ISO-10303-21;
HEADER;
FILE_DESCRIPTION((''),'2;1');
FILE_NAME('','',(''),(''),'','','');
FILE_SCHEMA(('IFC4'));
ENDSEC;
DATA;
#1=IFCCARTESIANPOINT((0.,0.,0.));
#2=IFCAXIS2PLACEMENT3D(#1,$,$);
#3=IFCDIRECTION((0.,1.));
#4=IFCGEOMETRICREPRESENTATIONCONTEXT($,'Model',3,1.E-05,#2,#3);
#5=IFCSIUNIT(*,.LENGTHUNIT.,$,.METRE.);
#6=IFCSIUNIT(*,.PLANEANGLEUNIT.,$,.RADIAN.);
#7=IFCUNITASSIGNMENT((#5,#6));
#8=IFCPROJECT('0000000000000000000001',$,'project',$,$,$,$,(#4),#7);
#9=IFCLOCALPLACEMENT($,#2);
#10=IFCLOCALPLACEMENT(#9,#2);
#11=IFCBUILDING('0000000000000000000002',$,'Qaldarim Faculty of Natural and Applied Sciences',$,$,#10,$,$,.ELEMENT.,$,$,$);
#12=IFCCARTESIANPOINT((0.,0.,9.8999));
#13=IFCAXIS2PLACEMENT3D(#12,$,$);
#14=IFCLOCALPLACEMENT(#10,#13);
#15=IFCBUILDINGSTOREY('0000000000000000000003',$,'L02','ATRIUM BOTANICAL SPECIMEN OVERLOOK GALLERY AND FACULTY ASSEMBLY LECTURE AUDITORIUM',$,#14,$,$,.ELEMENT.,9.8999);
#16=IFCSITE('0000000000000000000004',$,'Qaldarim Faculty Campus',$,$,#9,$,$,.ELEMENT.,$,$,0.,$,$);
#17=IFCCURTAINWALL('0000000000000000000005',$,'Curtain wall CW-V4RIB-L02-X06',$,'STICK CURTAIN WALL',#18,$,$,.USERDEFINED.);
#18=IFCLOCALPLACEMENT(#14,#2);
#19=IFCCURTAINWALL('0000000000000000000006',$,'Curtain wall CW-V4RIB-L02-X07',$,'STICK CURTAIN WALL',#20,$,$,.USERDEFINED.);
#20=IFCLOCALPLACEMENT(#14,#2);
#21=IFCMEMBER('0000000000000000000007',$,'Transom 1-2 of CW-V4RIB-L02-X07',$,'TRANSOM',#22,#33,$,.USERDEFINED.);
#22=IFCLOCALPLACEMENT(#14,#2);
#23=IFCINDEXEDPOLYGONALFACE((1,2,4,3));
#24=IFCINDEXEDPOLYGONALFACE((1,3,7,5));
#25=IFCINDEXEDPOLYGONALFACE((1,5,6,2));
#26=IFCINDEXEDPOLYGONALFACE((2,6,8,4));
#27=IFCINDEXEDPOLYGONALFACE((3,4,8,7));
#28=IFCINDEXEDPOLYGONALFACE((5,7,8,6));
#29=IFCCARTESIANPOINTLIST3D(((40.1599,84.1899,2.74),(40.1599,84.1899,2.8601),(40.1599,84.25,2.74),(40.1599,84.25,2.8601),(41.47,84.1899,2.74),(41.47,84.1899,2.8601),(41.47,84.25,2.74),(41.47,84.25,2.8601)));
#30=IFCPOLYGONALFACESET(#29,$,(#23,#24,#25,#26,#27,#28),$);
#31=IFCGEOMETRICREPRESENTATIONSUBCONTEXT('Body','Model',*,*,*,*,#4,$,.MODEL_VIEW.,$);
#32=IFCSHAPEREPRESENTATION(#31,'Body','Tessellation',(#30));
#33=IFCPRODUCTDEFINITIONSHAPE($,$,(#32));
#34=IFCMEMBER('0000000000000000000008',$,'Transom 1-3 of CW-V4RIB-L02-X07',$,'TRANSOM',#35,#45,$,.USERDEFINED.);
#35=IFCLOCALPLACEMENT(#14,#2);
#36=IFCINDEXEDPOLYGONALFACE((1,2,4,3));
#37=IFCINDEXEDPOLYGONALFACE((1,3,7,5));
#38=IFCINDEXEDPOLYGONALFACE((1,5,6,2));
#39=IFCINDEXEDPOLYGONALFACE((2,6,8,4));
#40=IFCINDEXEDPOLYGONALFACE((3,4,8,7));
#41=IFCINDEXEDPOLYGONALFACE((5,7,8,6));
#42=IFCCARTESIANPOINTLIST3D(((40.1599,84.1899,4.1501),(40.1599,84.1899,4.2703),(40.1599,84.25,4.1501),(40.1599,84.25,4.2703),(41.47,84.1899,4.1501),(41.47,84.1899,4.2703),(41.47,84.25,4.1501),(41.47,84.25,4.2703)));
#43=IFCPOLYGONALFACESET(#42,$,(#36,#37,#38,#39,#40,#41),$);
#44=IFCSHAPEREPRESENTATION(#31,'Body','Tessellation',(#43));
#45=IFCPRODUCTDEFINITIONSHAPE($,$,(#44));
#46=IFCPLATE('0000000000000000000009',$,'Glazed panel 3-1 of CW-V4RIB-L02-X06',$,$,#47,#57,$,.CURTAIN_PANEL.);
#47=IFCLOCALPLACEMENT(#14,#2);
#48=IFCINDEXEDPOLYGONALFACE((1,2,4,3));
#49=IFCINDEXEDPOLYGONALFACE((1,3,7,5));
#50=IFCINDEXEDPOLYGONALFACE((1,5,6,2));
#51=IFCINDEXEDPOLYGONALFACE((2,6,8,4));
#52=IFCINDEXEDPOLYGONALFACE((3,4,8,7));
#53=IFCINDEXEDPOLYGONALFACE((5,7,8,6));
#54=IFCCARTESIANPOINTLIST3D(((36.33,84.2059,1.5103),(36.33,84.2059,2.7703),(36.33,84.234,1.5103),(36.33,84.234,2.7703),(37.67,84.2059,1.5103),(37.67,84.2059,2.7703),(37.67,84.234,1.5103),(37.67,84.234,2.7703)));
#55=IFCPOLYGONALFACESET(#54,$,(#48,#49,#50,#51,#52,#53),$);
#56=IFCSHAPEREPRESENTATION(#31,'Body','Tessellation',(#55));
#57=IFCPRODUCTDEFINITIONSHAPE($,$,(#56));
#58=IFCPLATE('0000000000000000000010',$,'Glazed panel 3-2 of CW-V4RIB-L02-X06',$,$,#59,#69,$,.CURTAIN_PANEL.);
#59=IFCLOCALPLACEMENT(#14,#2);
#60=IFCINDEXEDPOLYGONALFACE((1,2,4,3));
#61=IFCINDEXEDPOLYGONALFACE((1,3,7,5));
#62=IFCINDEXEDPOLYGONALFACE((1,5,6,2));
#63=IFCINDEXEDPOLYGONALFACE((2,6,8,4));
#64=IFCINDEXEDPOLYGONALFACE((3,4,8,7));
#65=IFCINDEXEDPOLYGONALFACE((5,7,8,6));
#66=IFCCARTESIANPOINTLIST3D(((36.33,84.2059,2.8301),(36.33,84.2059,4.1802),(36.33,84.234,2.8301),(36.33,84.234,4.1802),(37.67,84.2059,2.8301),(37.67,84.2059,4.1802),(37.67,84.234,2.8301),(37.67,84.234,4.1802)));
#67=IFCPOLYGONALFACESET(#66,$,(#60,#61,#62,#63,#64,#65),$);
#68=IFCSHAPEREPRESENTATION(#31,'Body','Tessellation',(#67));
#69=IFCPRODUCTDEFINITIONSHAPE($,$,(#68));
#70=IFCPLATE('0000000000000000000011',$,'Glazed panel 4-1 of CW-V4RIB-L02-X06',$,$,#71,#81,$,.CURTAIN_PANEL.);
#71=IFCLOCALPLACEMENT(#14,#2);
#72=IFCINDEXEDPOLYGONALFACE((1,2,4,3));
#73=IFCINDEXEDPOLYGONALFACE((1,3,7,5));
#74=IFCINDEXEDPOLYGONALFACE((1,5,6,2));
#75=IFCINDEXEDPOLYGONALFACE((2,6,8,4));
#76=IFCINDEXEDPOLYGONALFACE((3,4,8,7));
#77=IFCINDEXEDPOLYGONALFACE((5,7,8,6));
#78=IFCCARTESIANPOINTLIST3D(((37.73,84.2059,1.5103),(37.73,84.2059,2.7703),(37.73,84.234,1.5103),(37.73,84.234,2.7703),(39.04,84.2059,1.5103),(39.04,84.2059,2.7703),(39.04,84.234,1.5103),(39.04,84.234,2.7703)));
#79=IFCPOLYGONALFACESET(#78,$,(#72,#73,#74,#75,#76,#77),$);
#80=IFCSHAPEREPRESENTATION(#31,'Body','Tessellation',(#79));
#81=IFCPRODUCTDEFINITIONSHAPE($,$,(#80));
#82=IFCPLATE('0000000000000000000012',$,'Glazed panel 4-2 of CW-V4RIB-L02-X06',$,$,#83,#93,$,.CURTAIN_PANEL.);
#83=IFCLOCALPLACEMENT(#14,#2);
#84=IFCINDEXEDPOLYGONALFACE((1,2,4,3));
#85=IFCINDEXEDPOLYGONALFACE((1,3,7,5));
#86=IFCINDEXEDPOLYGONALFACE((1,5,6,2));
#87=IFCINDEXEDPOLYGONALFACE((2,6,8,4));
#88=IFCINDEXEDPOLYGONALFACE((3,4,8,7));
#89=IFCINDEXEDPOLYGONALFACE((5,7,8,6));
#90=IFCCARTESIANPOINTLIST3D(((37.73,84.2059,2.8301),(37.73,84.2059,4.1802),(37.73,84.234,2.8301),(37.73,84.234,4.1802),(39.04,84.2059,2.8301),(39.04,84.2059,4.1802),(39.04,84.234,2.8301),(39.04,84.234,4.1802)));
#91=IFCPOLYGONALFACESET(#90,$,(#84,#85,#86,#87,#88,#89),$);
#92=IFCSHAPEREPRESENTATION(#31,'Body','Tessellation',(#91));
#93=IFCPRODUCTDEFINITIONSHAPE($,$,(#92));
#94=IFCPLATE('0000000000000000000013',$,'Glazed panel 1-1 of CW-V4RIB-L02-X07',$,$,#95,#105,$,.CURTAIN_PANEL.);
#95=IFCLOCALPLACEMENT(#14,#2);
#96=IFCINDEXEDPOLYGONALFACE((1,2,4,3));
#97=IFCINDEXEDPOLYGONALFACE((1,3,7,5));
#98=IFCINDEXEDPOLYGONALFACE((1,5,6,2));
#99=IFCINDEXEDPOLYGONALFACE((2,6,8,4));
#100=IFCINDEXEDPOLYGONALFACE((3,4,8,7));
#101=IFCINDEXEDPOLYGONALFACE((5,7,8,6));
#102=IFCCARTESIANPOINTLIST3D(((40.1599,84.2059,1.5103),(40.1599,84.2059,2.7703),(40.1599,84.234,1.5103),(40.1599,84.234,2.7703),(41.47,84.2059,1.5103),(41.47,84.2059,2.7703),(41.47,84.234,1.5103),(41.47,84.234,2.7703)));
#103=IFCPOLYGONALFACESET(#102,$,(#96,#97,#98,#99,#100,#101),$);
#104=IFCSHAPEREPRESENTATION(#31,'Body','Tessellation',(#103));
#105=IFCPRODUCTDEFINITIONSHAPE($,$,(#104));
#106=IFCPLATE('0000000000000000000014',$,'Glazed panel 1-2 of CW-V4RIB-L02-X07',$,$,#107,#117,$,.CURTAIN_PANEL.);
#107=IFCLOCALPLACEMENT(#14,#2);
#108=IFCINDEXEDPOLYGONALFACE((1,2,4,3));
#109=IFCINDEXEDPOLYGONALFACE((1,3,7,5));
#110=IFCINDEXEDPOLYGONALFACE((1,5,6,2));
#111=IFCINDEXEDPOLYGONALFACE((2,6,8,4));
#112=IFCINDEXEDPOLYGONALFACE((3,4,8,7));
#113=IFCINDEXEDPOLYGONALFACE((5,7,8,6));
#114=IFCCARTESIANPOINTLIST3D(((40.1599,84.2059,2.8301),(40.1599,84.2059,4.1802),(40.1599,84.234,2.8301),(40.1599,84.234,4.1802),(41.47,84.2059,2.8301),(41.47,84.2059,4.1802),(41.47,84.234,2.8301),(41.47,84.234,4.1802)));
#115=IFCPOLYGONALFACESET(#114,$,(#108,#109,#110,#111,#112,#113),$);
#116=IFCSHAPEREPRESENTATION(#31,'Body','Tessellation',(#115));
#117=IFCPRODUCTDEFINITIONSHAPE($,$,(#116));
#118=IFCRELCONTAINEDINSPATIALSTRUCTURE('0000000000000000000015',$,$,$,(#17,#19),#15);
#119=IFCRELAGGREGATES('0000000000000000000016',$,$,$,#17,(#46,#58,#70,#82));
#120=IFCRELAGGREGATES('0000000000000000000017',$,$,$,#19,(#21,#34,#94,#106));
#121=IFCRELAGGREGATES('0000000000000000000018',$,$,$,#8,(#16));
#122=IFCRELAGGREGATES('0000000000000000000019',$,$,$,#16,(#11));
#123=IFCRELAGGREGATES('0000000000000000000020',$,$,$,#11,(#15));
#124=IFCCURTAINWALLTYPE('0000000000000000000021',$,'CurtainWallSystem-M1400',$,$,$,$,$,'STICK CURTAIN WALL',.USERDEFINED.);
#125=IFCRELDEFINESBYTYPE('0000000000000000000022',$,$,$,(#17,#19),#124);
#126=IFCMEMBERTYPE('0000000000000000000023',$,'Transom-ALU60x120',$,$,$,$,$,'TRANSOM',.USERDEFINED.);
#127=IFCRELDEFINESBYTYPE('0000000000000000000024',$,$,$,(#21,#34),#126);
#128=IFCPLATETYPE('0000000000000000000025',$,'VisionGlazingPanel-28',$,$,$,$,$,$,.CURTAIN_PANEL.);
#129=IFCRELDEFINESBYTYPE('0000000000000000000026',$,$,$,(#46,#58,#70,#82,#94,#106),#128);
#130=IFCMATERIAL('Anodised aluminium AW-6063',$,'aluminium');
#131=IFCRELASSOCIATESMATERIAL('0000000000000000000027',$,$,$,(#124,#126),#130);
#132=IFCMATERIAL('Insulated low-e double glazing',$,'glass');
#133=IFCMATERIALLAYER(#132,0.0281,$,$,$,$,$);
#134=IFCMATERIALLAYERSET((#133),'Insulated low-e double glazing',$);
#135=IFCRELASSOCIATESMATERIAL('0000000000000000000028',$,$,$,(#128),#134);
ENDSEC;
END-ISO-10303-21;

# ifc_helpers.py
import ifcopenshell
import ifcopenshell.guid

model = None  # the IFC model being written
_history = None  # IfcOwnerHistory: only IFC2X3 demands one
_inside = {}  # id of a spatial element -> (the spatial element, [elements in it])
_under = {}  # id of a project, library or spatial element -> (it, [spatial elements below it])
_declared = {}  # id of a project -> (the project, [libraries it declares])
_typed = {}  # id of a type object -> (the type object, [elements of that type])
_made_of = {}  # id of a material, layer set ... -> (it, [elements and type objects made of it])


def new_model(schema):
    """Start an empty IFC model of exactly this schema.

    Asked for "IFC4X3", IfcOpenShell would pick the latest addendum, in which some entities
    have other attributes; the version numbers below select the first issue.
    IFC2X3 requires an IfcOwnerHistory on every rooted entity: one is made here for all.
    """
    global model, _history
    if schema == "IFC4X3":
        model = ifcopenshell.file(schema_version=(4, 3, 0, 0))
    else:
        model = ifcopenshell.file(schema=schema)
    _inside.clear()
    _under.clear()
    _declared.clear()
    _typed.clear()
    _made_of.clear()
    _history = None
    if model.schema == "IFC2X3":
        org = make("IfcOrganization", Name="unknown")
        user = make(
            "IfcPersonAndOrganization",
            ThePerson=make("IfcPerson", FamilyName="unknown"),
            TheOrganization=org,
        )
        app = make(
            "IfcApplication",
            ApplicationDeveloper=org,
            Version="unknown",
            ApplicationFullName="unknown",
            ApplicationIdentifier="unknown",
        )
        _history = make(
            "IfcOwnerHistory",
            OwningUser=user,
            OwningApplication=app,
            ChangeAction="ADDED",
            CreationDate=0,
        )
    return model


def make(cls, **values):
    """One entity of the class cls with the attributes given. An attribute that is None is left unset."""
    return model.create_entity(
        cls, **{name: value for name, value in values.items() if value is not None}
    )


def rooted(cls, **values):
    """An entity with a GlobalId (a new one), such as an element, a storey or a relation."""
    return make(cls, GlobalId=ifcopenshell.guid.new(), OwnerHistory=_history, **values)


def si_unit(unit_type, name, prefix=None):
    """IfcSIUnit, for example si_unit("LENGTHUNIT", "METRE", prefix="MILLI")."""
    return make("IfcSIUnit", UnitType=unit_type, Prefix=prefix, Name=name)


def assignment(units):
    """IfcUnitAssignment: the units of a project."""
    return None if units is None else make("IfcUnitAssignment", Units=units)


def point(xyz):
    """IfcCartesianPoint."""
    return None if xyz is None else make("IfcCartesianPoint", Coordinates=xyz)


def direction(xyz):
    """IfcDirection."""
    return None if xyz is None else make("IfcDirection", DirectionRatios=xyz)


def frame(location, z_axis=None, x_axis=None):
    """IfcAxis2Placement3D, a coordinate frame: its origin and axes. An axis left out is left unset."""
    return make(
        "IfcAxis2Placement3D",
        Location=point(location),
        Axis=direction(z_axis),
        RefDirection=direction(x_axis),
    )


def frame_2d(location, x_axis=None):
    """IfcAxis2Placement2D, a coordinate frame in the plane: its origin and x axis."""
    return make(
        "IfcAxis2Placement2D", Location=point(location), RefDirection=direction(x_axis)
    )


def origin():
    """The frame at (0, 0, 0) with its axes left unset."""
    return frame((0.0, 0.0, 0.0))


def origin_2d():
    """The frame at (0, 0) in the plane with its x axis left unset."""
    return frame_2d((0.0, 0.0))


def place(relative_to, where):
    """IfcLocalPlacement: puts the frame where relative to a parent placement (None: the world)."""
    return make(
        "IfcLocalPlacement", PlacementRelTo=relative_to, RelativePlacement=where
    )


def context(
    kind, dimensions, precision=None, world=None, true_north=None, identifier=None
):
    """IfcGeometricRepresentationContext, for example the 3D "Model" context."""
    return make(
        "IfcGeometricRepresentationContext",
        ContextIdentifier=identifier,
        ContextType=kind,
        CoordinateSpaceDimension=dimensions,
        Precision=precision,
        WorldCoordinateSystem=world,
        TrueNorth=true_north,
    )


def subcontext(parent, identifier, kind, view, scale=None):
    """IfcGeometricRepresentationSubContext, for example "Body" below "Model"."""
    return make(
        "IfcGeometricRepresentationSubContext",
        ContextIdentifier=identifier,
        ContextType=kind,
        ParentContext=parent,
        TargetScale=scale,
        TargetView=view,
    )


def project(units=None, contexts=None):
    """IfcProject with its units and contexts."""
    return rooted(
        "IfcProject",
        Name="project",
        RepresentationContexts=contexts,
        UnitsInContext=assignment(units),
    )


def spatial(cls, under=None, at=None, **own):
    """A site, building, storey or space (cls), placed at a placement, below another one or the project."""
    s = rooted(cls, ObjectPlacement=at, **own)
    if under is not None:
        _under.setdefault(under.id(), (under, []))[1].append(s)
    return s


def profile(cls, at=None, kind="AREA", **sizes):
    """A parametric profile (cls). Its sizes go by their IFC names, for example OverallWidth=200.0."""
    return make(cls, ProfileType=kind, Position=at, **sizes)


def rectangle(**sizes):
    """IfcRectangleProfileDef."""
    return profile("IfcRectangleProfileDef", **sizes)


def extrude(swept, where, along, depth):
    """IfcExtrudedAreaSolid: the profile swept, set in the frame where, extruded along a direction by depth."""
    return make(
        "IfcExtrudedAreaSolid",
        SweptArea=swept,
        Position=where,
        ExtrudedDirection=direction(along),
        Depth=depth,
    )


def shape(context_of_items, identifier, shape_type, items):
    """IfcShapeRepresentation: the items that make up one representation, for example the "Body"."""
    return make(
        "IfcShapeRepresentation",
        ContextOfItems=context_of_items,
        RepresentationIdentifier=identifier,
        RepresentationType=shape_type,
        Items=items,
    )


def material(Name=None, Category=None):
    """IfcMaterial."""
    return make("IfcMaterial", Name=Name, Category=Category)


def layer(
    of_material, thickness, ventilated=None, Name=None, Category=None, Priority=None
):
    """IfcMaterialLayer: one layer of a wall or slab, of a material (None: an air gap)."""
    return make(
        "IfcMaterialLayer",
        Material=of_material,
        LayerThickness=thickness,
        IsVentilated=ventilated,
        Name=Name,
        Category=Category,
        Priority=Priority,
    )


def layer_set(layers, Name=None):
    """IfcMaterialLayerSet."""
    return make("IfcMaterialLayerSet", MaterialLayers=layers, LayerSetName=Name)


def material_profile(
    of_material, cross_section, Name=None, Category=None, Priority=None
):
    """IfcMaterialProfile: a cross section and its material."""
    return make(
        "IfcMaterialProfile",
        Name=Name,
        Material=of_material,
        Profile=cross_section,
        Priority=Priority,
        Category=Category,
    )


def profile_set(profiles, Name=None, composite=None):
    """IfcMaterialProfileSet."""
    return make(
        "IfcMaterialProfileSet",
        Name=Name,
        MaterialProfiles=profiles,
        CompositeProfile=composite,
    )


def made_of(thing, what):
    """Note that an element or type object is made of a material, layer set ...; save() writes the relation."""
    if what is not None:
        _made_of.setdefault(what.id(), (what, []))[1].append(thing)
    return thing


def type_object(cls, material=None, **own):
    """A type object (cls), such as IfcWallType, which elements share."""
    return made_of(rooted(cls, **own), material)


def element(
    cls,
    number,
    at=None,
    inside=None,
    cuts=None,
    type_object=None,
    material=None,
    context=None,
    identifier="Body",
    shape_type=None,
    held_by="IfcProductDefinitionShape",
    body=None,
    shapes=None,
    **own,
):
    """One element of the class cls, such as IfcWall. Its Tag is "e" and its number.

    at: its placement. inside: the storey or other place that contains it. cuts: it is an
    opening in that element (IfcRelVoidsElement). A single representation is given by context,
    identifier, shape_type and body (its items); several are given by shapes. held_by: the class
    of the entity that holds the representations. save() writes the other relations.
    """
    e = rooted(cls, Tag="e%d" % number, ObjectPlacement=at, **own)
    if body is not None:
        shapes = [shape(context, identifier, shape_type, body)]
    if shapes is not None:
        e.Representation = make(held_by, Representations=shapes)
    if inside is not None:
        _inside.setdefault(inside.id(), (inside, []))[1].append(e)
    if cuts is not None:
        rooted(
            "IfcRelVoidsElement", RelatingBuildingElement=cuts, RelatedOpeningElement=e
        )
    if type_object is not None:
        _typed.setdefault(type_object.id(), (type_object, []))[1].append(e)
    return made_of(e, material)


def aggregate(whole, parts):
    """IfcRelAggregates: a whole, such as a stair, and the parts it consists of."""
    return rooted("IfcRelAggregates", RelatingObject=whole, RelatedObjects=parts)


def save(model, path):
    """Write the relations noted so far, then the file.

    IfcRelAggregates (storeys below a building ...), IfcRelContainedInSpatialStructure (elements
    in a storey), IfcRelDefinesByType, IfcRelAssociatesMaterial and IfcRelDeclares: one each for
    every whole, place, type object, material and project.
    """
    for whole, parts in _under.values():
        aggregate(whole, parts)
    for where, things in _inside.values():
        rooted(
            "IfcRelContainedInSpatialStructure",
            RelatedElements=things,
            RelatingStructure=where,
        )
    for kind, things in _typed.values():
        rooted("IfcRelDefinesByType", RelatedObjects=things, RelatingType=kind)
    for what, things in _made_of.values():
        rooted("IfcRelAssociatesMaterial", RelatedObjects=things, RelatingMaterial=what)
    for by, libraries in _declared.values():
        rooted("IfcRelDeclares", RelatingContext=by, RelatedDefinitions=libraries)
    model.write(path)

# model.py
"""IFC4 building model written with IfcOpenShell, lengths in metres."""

from ifc_helpers import new_model, si_unit, direction, frame, origin, origin_2d, place, context, subcontext, project, spatial, rectangle, extrude, material, layer, layer_set, material_profile, profile_set, type_object, element, aggregate, save


model = new_model("IFC4")

# Units and contexts
model_context = context("Model", 3, precision=1e-05, world=origin(), true_north=direction((0.0, 1.0)))
body_context = subcontext(model_context, "Body", "Model", "MODEL_VIEW")
ifc_project = project(units=[si_unit("LENGTHUNIT", "METRE"), si_unit("PLANEANGLEUNIT", "RADIAN")], contexts=[model_context])

# Site, building, storey
site_placement = place(None, origin())
site = spatial("IfcSite", under=ifc_project, at=site_placement, Name="Qaldarim Faculty Campus", CompositionType="ELEMENT", RefElevation=0.0)
building_placement = place(site_placement, origin())
building = spatial("IfcBuilding", under=site, at=building_placement, Name="Qaldarim Faculty of Natural and Applied Sciences", CompositionType="ELEMENT")
storey_placement = place(building_placement, frame((0.0, 0.0, 9.8999)))
storey = spatial("IfcBuildingStorey", under=building, at=storey_placement, Name="L02", Description="ATRIUM BOTANICAL SPECIMEN OVERLOOK GALLERY AND FACULTY ASSEMBLY LECTURE AUDITORIUM", CompositionType="ELEMENT", Elevation=9.8999)

# Curtain wall
ifc_material_1 = material(Name="Anodised aluminium AW-6063", Category="aluminium")
curtain_wall_type = type_object("IfcCurtainWallType", Name="CurtainWallSystem-M1400", ElementType="STICK CURTAIN WALL", PredefinedType="USERDEFINED", material=ifc_material_1)
curtain_wall_1_placement = place(storey_placement, origin())
curtain_wall_1 = element("IfcCurtainWall", 1, at=curtain_wall_1_placement, inside=storey, type_object=curtain_wall_type, Name="Curtain wall CW-V4RIB-L02-X06", ObjectType="STICK CURTAIN WALL", PredefinedType="USERDEFINED")

# Curtain wall
curtain_wall_2_placement = place(storey_placement, origin())
curtain_wall_2 = element("IfcCurtainWall", 2, at=curtain_wall_2_placement, inside=storey, type_object=curtain_wall_type, Name="Curtain wall CW-V4RIB-L02-X07", ObjectType="STICK CURTAIN WALL", PredefinedType="USERDEFINED")

# Members
ifc_material_profile_1 = material_profile(ifc_material_1, rectangle(XDim=0.0601, YDim=0.1201, at=origin_2d()), Name="ALU-T60x120")
ifc_profile_set_1 = profile_set([ifc_material_profile_1], Name="Anodised aluminium AW-6063")
member_type_1 = type_object("IfcMemberType", Name="Transom-ALU60x120", ElementType="TRANSOM", PredefinedType="USERDEFINED", material=ifc_profile_set_1)
member_1_placement = place(storey_placement, frame((40.1599, 84.22, 2.8), z_axis=(1.0, 0.0, 0.0), x_axis=(0.0, 1.0, 0.0)))
member_1 = element("IfcMember", 3, at=member_1_placement, type_object=member_type_1, Name="Transom 1-2 of CW-V4RIB-L02-X07", ObjectType="TRANSOM", PredefinedType="USERDEFINED", context=body_context, shape_type="SweptSolid", body=[
    extrude(rectangle(XDim=0.0601, YDim=0.1201, at=origin_2d()), origin(), (0.0, 0.0, 1.0), 1.3101),
])
member_2_placement = place(storey_placement, frame((40.1599, 84.22, 4.2102), z_axis=(1.0, 0.0, 0.0), x_axis=(0.0, 1.0, 0.0)))
member_2 = element("IfcMember", 4, at=member_2_placement, type_object=member_type_1, Name="Transom 1-3 of CW-V4RIB-L02-X07", ObjectType="TRANSOM", PredefinedType="USERDEFINED", context=body_context, shape_type="SweptSolid", body=[
    extrude(rectangle(XDim=0.0601, YDim=0.1201, at=origin_2d()), origin(), (0.0, 0.0, 1.0), 1.3101),
])

# Plates
ifc_material_2 = material(Name="Insulated low-e double glazing", Category="glass")
ifc_layer = layer(ifc_material_2, 0.0281)
ifc_layer_set = layer_set([ifc_layer], Name="Insulated low-e double glazing")
plate_type = type_object("IfcPlateType", Name="VisionGlazingPanel-28", PredefinedType="CURTAIN_PANEL", material=ifc_layer_set)
plate_1_placement = place(storey_placement, frame((37.0, 84.22, 1.5103), z_axis=(0.0, 0.0, 1.0), x_axis=(1.0, 0.0, 0.0)))
plate_1 = element("IfcPlate", 5, at=plate_1_placement, type_object=plate_type, Name="Glazed panel 3-1 of CW-V4RIB-L02-X06", PredefinedType="CURTAIN_PANEL", context=body_context, shape_type="SweptSolid", body=[
    extrude(rectangle(XDim=1.3401, YDim=0.0281, at=origin_2d()), origin(), (0.0, 0.0, 1.0), 1.26),
])
plate_2_placement = place(storey_placement, frame((37.0, 84.22, 2.8301), z_axis=(0.0, 0.0, 1.0), x_axis=(1.0, 0.0, 0.0)))
plate_2 = element("IfcPlate", 6, at=plate_2_placement, type_object=plate_type, Name="Glazed panel 3-2 of CW-V4RIB-L02-X06", PredefinedType="CURTAIN_PANEL", context=body_context, shape_type="SweptSolid", body=[
    extrude(rectangle(XDim=1.3401, YDim=0.0281, at=origin_2d()), origin(), (0.0, 0.0, 1.0), 1.3501),
])
plate_3_placement = place(storey_placement, frame((38.385, 84.22, 1.5103), z_axis=(0.0, 0.0, 1.0), x_axis=(1.0, 0.0, 0.0)))
plate_3 = element("IfcPlate", 7, at=plate_3_placement, type_object=plate_type, Name="Glazed panel 4-1 of CW-V4RIB-L02-X06", PredefinedType="CURTAIN_PANEL", context=body_context, shape_type="SweptSolid", body=[
    extrude(rectangle(XDim=1.3101, YDim=0.0281, at=origin_2d()), origin(), (0.0, 0.0, 1.0), 1.26),
])
plate_4_placement = place(storey_placement, frame((38.385, 84.22, 2.8301), z_axis=(0.0, 0.0, 1.0), x_axis=(1.0, 0.0, 0.0)))
plate_4 = element("IfcPlate", 8, at=plate_4_placement, type_object=plate_type, Name="Glazed panel 4-2 of CW-V4RIB-L02-X06", PredefinedType="CURTAIN_PANEL", context=body_context, shape_type="SweptSolid", body=[
    extrude(rectangle(XDim=1.3101, YDim=0.0281, at=origin_2d()), origin(), (0.0, 0.0, 1.0), 1.3501),
])
aggregate(curtain_wall_1, [plate_1, plate_2, plate_3, plate_4])
plate_5_placement = place(storey_placement, frame((40.8149, 84.22, 1.5103), z_axis=(0.0, 0.0, 1.0), x_axis=(1.0, 0.0, 0.0)))
plate_5 = element("IfcPlate", 9, at=plate_5_placement, type_object=plate_type, Name="Glazed panel 1-1 of CW-V4RIB-L02-X07", PredefinedType="CURTAIN_PANEL", context=body_context, shape_type="SweptSolid", body=[
    extrude(rectangle(XDim=1.3101, YDim=0.0281, at=origin_2d()), origin(), (0.0, 0.0, 1.0), 1.26),
])
plate_6_placement = place(storey_placement, frame((40.8149, 84.22, 2.8301), z_axis=(0.0, 0.0, 1.0), x_axis=(1.0, 0.0, 0.0)))
plate_6 = element("IfcPlate", 10, at=plate_6_placement, type_object=plate_type, Name="Glazed panel 1-2 of CW-V4RIB-L02-X07", PredefinedType="CURTAIN_PANEL", context=body_context, shape_type="SweptSolid", body=[
    extrude(rectangle(XDim=1.3101, YDim=0.0281, at=origin_2d()), origin(), (0.0, 0.0, 1.0), 1.3501),
])
aggregate(curtain_wall_2, [member_1, member_2, plate_5, plate_6])

save(model, "model.ifc")
